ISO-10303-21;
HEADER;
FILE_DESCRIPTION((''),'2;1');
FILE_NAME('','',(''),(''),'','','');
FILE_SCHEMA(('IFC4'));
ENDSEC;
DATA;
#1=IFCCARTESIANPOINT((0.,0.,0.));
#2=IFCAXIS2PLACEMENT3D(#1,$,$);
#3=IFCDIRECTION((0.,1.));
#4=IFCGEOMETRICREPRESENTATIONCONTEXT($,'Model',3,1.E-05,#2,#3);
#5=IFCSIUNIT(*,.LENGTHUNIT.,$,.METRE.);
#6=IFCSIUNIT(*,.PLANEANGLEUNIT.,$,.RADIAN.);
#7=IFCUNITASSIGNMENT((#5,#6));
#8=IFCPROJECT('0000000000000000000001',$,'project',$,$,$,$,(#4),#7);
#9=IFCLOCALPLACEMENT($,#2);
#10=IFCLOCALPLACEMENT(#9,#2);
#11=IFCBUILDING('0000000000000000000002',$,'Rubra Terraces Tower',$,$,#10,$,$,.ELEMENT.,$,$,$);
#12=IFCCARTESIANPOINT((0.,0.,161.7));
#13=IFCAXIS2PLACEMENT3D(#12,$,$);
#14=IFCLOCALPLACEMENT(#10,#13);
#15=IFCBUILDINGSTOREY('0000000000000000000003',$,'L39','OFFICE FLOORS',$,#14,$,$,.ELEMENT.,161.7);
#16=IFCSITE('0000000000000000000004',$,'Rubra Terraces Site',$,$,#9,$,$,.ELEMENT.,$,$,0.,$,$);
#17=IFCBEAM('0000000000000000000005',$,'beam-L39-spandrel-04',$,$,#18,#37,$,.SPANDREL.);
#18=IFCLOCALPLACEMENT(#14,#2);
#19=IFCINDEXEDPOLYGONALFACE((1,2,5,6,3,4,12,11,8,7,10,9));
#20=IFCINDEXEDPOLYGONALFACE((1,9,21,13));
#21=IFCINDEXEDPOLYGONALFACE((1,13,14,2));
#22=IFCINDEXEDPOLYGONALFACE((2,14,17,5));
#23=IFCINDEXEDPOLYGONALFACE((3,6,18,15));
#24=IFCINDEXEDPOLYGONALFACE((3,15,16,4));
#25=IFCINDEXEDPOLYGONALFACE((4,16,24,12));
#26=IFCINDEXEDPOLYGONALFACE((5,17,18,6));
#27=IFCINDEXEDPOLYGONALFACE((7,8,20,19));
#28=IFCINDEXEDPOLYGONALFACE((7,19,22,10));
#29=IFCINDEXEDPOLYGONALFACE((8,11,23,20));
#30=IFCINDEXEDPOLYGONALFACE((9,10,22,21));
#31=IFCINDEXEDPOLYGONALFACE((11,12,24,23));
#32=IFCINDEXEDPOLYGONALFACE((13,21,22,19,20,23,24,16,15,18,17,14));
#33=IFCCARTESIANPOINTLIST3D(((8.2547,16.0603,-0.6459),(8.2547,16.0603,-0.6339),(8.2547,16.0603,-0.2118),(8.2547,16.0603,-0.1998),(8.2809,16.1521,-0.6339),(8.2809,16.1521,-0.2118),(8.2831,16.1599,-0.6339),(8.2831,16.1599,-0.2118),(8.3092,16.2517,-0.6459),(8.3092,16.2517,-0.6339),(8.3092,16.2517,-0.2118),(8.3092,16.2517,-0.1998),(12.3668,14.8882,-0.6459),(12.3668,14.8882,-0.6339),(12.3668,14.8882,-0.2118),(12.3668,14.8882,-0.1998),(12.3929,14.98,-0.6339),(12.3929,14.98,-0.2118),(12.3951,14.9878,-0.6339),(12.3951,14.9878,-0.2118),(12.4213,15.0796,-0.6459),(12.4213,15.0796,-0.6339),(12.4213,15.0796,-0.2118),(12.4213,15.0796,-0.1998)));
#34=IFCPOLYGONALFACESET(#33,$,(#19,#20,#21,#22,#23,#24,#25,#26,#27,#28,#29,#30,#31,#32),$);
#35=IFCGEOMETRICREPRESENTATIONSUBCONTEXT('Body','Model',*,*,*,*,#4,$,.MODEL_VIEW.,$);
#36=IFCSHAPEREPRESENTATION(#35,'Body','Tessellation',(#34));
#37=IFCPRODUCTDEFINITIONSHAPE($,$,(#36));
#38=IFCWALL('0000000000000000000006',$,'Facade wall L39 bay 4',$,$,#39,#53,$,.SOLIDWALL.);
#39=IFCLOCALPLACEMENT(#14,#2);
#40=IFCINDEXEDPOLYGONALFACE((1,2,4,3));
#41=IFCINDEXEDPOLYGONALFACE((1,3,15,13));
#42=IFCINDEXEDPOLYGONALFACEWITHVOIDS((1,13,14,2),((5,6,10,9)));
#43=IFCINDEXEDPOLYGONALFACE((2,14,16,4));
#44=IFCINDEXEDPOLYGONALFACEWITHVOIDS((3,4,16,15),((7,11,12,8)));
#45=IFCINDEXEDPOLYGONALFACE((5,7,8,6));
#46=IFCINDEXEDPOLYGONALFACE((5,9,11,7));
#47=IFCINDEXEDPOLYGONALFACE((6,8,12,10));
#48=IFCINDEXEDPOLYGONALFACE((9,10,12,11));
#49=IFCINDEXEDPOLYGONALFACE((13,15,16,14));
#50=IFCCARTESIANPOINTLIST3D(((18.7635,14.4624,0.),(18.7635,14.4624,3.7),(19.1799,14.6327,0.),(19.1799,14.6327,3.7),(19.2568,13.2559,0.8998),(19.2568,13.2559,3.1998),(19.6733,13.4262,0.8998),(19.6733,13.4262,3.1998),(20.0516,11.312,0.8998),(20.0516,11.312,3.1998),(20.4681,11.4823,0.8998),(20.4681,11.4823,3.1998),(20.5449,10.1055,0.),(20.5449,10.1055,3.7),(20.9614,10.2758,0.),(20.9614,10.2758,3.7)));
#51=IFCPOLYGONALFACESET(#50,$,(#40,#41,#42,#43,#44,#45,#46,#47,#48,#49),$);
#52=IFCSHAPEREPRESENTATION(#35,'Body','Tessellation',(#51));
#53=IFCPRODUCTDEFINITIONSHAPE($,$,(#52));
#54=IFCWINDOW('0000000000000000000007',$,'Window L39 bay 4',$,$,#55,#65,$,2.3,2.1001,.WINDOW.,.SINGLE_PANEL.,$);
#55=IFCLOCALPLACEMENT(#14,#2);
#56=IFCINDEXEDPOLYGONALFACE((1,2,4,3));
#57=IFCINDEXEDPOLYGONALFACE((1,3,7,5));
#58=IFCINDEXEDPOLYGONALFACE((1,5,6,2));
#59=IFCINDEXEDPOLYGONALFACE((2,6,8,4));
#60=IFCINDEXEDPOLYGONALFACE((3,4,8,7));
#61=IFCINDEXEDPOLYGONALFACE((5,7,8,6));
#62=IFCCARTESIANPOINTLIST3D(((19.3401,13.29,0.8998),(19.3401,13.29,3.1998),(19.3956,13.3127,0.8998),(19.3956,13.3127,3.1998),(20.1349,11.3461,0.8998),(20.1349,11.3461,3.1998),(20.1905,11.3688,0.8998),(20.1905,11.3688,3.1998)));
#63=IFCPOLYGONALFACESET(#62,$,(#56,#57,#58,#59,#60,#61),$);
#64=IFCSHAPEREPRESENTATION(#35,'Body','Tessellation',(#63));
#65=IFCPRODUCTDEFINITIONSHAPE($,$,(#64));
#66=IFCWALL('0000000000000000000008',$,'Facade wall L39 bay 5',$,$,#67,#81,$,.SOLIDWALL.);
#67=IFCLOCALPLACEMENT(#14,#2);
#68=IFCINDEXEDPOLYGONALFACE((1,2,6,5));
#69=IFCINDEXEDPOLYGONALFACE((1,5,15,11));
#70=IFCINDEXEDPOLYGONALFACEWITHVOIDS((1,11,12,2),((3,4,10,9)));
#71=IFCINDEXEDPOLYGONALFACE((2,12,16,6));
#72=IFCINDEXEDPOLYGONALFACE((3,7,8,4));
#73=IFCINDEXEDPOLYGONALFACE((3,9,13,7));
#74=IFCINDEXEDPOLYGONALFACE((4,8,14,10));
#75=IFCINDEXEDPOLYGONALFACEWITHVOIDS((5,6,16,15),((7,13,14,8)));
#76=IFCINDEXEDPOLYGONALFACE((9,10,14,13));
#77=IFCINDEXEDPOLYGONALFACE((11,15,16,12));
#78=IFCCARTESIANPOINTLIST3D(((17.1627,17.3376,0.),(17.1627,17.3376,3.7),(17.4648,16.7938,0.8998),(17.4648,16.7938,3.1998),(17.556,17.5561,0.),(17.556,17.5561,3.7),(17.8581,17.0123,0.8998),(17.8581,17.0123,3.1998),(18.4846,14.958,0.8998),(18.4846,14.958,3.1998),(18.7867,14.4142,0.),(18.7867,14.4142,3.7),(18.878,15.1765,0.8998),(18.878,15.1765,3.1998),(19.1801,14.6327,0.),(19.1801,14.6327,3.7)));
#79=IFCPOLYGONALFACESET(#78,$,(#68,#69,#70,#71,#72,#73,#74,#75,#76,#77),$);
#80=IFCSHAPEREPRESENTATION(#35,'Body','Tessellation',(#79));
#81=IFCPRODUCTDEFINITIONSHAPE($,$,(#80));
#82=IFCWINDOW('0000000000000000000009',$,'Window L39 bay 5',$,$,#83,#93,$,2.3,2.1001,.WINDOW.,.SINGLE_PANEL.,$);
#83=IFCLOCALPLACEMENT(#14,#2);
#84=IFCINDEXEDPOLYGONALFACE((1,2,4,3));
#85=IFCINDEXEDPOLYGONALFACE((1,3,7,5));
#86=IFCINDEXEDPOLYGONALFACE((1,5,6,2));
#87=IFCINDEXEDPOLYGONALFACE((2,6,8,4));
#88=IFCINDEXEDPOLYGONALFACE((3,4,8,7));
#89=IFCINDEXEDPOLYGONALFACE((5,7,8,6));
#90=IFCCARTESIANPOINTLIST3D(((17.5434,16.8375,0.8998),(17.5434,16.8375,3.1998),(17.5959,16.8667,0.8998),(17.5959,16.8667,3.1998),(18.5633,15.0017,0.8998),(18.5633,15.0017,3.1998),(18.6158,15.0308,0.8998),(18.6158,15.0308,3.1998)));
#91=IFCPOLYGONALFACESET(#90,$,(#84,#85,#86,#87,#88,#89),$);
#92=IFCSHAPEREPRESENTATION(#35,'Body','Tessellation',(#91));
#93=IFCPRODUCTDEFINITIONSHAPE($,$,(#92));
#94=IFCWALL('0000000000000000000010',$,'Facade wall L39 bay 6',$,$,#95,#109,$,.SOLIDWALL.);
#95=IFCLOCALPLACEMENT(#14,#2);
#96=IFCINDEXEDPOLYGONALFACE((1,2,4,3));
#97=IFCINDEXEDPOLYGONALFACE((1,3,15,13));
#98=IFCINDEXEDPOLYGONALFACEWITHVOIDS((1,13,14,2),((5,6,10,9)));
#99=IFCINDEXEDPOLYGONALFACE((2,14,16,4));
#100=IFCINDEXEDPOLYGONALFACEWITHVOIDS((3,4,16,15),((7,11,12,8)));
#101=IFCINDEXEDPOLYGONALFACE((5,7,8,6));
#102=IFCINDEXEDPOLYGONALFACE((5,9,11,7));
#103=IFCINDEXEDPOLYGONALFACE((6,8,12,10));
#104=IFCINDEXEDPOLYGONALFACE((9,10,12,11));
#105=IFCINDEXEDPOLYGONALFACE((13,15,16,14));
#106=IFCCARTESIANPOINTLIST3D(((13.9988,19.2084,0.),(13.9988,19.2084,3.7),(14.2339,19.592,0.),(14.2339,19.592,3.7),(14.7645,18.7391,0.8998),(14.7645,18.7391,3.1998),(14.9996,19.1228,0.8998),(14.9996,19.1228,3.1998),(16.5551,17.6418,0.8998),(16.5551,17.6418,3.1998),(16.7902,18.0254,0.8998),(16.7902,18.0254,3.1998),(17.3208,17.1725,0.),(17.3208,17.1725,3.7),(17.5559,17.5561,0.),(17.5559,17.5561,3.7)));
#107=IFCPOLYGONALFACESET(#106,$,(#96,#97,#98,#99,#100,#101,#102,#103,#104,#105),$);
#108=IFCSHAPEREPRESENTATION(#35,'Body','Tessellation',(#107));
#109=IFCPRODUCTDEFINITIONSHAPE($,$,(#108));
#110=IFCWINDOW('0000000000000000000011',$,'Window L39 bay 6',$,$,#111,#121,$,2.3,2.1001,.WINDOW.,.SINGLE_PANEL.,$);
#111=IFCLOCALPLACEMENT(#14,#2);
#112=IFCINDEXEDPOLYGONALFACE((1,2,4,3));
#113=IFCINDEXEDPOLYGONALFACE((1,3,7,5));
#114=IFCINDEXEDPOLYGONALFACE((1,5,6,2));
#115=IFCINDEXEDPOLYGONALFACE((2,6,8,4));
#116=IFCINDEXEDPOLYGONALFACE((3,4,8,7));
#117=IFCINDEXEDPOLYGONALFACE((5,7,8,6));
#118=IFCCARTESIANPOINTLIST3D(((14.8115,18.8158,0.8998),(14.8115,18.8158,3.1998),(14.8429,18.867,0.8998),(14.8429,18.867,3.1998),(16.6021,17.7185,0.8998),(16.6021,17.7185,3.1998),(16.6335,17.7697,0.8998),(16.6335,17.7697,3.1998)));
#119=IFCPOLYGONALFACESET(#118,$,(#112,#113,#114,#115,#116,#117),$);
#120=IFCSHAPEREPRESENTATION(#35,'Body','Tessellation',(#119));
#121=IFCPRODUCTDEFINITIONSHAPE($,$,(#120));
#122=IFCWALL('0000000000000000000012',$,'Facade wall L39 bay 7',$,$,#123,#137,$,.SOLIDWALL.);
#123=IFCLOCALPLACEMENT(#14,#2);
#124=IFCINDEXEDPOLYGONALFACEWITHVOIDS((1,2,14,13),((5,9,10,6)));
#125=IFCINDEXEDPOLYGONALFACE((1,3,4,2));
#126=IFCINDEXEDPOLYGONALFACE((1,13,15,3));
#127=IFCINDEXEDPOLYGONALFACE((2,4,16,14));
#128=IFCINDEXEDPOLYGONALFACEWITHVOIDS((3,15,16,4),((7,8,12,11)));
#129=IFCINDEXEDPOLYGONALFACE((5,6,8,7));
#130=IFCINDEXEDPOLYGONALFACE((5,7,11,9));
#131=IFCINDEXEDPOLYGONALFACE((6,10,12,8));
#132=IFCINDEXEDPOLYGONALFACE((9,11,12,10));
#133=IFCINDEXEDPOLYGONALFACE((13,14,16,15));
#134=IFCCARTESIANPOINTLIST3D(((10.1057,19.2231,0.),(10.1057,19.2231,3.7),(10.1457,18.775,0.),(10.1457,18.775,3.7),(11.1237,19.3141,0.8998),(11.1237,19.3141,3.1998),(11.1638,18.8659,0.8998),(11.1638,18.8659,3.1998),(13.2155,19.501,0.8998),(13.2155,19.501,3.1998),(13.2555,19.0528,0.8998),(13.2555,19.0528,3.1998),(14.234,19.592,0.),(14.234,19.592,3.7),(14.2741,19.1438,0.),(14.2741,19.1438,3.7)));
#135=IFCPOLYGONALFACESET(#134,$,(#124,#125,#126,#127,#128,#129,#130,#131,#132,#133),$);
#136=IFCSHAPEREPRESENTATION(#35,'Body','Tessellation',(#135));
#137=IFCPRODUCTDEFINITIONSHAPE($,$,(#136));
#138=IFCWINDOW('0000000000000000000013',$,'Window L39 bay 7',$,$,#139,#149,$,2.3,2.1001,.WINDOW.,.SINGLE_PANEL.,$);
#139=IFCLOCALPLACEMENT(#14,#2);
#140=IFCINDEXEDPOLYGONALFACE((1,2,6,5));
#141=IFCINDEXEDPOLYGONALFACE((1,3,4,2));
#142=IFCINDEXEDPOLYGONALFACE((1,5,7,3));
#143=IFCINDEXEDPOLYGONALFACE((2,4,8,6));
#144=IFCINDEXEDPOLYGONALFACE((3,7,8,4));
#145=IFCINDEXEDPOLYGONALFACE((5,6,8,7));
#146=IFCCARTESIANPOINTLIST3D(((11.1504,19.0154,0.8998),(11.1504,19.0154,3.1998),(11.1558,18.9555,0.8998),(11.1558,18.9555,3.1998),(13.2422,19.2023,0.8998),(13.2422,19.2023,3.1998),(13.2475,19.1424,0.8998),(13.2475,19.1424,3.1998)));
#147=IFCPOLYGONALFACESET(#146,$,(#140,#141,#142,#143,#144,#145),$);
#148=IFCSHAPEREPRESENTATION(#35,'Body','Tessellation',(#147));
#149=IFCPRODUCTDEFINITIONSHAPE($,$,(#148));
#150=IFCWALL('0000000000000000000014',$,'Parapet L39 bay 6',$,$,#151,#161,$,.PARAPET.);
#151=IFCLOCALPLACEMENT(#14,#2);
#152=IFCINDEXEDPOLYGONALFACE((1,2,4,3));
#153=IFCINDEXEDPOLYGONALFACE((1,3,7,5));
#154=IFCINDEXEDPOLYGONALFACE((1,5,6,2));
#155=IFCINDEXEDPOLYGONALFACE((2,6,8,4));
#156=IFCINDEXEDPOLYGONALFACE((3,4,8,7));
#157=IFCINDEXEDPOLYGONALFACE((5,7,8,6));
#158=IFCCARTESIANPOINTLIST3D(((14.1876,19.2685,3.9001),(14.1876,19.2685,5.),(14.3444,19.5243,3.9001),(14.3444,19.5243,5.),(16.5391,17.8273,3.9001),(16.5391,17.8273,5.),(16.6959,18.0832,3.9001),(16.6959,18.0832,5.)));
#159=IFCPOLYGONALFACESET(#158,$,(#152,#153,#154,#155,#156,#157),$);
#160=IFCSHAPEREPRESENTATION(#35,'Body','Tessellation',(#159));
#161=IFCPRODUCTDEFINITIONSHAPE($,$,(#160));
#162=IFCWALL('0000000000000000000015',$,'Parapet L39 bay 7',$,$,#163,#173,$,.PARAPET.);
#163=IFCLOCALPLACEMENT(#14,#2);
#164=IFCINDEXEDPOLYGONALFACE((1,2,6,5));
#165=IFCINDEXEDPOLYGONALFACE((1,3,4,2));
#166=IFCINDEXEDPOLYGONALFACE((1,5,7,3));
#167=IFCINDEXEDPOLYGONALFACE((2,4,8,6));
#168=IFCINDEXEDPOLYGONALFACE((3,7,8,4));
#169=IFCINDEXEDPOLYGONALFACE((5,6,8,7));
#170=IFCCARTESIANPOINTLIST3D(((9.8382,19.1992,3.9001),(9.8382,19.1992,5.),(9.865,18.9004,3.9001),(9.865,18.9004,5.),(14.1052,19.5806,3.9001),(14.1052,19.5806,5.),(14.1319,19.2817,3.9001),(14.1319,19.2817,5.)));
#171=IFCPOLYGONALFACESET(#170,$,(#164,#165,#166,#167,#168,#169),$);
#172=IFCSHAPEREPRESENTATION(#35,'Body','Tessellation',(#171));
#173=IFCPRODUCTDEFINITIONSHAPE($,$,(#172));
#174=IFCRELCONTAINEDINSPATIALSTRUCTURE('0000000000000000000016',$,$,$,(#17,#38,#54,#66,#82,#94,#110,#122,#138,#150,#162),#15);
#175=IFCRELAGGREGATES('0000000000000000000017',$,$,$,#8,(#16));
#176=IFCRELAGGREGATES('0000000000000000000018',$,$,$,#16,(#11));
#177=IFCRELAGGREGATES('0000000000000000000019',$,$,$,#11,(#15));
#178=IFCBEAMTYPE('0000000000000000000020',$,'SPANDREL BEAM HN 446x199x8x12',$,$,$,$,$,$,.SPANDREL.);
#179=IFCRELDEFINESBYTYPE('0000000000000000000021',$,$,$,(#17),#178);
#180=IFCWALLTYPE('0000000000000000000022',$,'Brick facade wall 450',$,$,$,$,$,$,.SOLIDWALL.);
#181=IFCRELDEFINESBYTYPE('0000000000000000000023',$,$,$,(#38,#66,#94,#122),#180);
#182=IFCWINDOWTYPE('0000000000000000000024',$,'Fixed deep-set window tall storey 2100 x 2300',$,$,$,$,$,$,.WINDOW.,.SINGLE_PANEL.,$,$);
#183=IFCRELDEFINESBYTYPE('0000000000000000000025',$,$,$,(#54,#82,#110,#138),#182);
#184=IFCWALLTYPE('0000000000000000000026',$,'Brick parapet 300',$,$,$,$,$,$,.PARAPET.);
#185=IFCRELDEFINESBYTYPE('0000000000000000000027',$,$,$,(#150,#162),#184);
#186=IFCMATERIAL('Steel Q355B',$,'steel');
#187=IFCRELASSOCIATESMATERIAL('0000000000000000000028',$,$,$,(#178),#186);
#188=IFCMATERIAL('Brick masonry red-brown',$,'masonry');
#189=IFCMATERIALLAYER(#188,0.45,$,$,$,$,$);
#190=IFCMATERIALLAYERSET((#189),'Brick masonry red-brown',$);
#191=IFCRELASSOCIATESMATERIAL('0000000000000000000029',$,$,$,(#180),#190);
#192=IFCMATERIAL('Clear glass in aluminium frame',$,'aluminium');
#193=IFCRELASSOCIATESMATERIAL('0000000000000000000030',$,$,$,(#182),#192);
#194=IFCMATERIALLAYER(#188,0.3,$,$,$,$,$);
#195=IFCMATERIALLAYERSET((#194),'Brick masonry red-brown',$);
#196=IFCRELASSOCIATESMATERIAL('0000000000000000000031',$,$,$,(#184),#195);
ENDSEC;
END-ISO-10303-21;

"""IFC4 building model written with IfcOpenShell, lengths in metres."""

from ifc_helpers import new_model, si_unit, direction, frame, frame_2d, origin, origin_2d, place, context, subcontext, project, spatial, rectangle, i_section, extrude, material, layer, layer_set, material_profile, profile_set, type_object, element, fill, save


model = new_model("IFC4")

# Units and contexts
model_context = context("Model", 3, precision=1e-05, world=origin(), true_north=direction((0.0, 1.0)))
body_context = subcontext(model_context, "Body", "Model", "MODEL_VIEW")
ifc_project = project(units=[si_unit("LENGTHUNIT", "METRE"), si_unit("PLANEANGLEUNIT", "RADIAN")], contexts=[model_context])

# Site, building, storey
site_placement = place(None, origin())
site = spatial("IfcSite", under=ifc_project, at=site_placement, Name="Rubra Terraces Site", CompositionType="ELEMENT", RefElevation=0.0)
building_placement = place(site_placement, origin())
building = spatial("IfcBuilding", under=site, at=building_placement, Name="Rubra Terraces Tower", CompositionType="ELEMENT")
storey_placement = place(building_placement, frame((0.0, 0.0, 161.7)))
storey = spatial("IfcBuildingStorey", under=building, at=storey_placement, Name="L39", Description="OFFICE FLOORS", CompositionType="ELEMENT", Elevation=161.7)

# Beam
ifc_material_1 = material(Name="Steel Q355B", Category="steel")
ifc_material_profile_1 = material_profile(ifc_material_1, i_section(OverallWidth=0.199, OverallDepth=0.446, WebThickness=0.0081, FlangeThickness=0.012, at=origin_2d()), Name="HN 446x199x8x12")
ifc_profile_set_1 = profile_set([ifc_material_profile_1], Name="Steel Q355B")
beam_type_1 = type_object("IfcBeamType", Name="SPANDREL BEAM HN 446x199x8x12", PredefinedType="SPANDREL", material=ifc_profile_set_1)
beam_1_placement = place(storey_placement, frame((12.394, 14.9839, -0.4229), z_axis=(-0.961694, 0.274125, 0.0), x_axis=(-0.274125, -0.961694, 0.0)))
element("IfcBeam", 1, at=beam_1_placement, inside=storey, type_object=beam_type_1, Name="beam-L39-spandrel-04", PredefinedType="SPANDREL", context=body_context, shape_type="SweptSolid", body=[
    extrude(i_section(OverallWidth=0.199, OverallDepth=0.446, WebThickness=0.0081, FlangeThickness=0.012, at=origin_2d()), origin(), (0.0, 0.0, 1.0), 4.2759),
])

# Walls, openings, windows
ifc_material_2 = material(Name="Brick masonry red-brown", Category="masonry")
ifc_layer_1 = layer(ifc_material_2, 0.45)
ifc_layer_set_1 = layer_set([ifc_layer_1], Name="Brick masonry red-brown")
wall_type_1 = type_object("IfcWallType", Name="Brick facade wall 450", PredefinedType="SOLIDWALL", material=ifc_layer_set_1)
wall_1_placement = place(storey_placement, frame((20.7532, 10.1907, 0.0), z_axis=(0.0, 0.0, 1.0), x_axis=(-0.378471, 0.925613, 0.0)))
wall_1 = element("IfcWall", 2, at=wall_1_placement, inside=storey, type_object=wall_type_1, Name="Facade wall L39 bay 4", PredefinedType="SOLIDWALL", context=body_context, shape_type="SweptSolid", body=[
    extrude(rectangle(XDim=4.707, YDim=0.45, at=frame_2d((2.3535, 0.0))), origin(), (0.0, 0.0, 1.0), 3.7),
])
opening_1_placement = place(wall_1_placement, frame((1.3035, 0.0, 0.8999)))
opening_1 = element("IfcOpeningElement", 3, at=opening_1_placement, cuts=wall_1, PredefinedType="OPENING", context=body_context, shape_type="SweptSolid", body=[
    extrude(rectangle(XDim=2.1001, YDim=2.3, at=frame_2d((1.05, 1.1499))), frame((0.0, 0.2349, 0.0), z_axis=(0.0, -1.0, 0.0), x_axis=(1.0, 0.0, 0.0)), (0.0, 0.0, 1.0), 0.47),
])
ifc_material_3 = material(Name="Clear glass in aluminium frame", Category="aluminium")
window_type = type_object("IfcWindowType", Name="Fixed deep-set window tall storey 2100 x 2300", PartitioningType="SINGLE_PANEL", PredefinedType="WINDOW", material=ifc_material_3)
window_1_placement = place(opening_1_placement, origin())
window_1 = element("IfcWindow", 4, at=window_1_placement, inside=storey, type_object=window_type, Name="Window L39 bay 4", OverallHeight=2.3, OverallWidth=2.1001, PartitioningType="SINGLE_PANEL", PredefinedType="WINDOW", context=body_context, shape_type="SweptSolid", body=[
    extrude(rectangle(XDim=2.1001, YDim=2.3, at=frame_2d((1.05, 1.1499))), frame((0.0, 0.135, 0.0), z_axis=(0.0, -1.0, 0.0), x_axis=(1.0, 0.0, 0.0)), (0.0, 0.0, 1.0), 0.0601),
])
fill(opening_1, window_1)
wall_2_placement = place(storey_placement, frame((18.9834, 14.5234, 0.0), z_axis=(0.0, 0.0, 1.0), x_axis=(-0.485631, 0.874164, 0.0)))
wall_2 = element("IfcWall", 5, at=wall_2_placement, inside=storey, type_object=wall_type_1, Name="Facade wall L39 bay 5", PredefinedType="SOLIDWALL", context=body_context, shape_type="SweptSolid", body=[
    extrude(rectangle(XDim=3.3442, YDim=0.45, at=frame_2d((1.6721, 0.0))), origin(), (0.0, 0.0, 1.0), 3.7),
])
opening_2_placement = place(wall_2_placement, frame((0.6221, 0.0, 0.8999)))
opening_2 = element("IfcOpeningElement", 6, at=opening_2_placement, cuts=wall_2, PredefinedType="OPENING", context=body_context, shape_type="SweptSolid", body=[
    extrude(rectangle(XDim=2.1001, YDim=2.3, at=frame_2d((1.05, 1.1499))), frame((0.0, 0.2349, 0.0), z_axis=(0.0, -1.0, 0.0), x_axis=(1.0, 0.0, 0.0)), (0.0, 0.0, 1.0), 0.47),
])
window_2_placement = place(opening_2_placement, origin())
window_2 = element("IfcWindow", 7, at=window_2_placement, inside=storey, type_object=window_type, Name="Window L39 bay 5", OverallHeight=2.3, OverallWidth=2.1001, PartitioningType="SINGLE_PANEL", PredefinedType="WINDOW", context=body_context, shape_type="SweptSolid", body=[
    extrude(rectangle(XDim=2.1001, YDim=2.3, at=frame_2d((1.05, 1.1499))), frame((0.0, 0.135, 0.0), z_axis=(0.0, -1.0, 0.0), x_axis=(1.0, 0.0, 0.0)), (0.0, 0.0, 1.0), 0.0601),
])
fill(opening_2, window_2)
wall_3_placement = place(storey_placement, frame((17.4385, 17.3643, 0.0), z_axis=(0.0, 0.0, 1.0), x_axis=(-0.852623, 0.522527, 0.0)))
wall_3 = element("IfcWall", 8, at=wall_3_placement, inside=storey, type_object=wall_type_1, Name="Facade wall L39 bay 6", PredefinedType="SOLIDWALL", context=body_context, shape_type="SweptSolid", body=[
    extrude(rectangle(XDim=3.8962, YDim=0.45, at=frame_2d((1.9482, 0.0))), origin(), (0.0, 0.0, 1.0), 3.7),
])
opening_3_placement = place(wall_3_placement, frame((0.8982, 0.0, 0.8999)))
opening_3 = element("IfcOpeningElement", 9, at=opening_3_placement, cuts=wall_3, PredefinedType="OPENING", context=body_context, shape_type="SweptSolid", body=[
    extrude(rectangle(XDim=2.1001, YDim=2.3, at=frame_2d((1.05, 1.1499))), frame((0.0, 0.2349, 0.0), z_axis=(0.0, -1.0, 0.0), x_axis=(1.0, 0.0, 0.0)), (0.0, 0.0, 1.0), 0.47),
])
window_3_placement = place(opening_3_placement, origin())
window_3 = element("IfcWindow", 10, at=window_3_placement, inside=storey, type_object=window_type, Name="Window L39 bay 6", OverallHeight=2.3, OverallWidth=2.1001, PartitioningType="SINGLE_PANEL", PredefinedType="WINDOW", context=body_context, shape_type="SweptSolid", body=[
    extrude(rectangle(XDim=2.1001, YDim=2.3, at=frame_2d((1.05, 1.1499))), frame((0.0, 0.135, 0.0), z_axis=(0.0, -1.0, 0.0), x_axis=(1.0, 0.0, 0.0)), (0.0, 0.0, 1.0), 0.0601),
])
fill(opening_3, window_3)
wall_4_placement = place(storey_placement, frame((14.2539, 19.3679, 0.0), z_axis=(0.0, 0.0, 1.0), x_axis=(-0.996032, -0.089001, 0.0)))
wall_4 = element("IfcWall", 11, at=wall_4_placement, inside=storey, type_object=wall_type_1, Name="Facade wall L39 bay 7", PredefinedType="SOLIDWALL", context=body_context, shape_type="SweptSolid", body=[
    extrude(rectangle(XDim=4.1448, YDim=0.45, at=frame_2d((2.0723, 0.0))), origin(), (0.0, 0.0, 1.0), 3.7),
])
opening_4_placement = place(wall_4_placement, frame((1.0225, 0.0, 0.8999)))
opening_4 = element("IfcOpeningElement", 12, at=opening_4_placement, cuts=wall_4, PredefinedType="OPENING", context=body_context, shape_type="SweptSolid", body=[
    extrude(rectangle(XDim=2.1001, YDim=2.3, at=frame_2d((1.05, 1.1499))), frame((0.0, 0.2349, 0.0), z_axis=(0.0, -1.0, 0.0), x_axis=(1.0, 0.0, 0.0)), (0.0, 0.0, 1.0), 0.47),
])
window_4_placement = place(opening_4_placement, origin())
window_4 = element("IfcWindow", 13, at=window_4_placement, inside=storey, type_object=window_type, Name="Window L39 bay 7", OverallHeight=2.3, OverallWidth=2.1001, PartitioningType="SINGLE_PANEL", PredefinedType="WINDOW", context=body_context, shape_type="SweptSolid", body=[
    extrude(rectangle(XDim=2.1001, YDim=2.3, at=frame_2d((1.05, 1.1499))), frame((0.0, 0.135, 0.0), z_axis=(0.0, -1.0, 0.0), x_axis=(1.0, 0.0, 0.0)), (0.0, 0.0, 1.0), 0.0601),
])
fill(opening_4, window_4)

# Walls
ifc_layer_2 = layer(ifc_material_2, 0.3)
ifc_layer_set_2 = layer_set([ifc_layer_2], Name="Brick masonry red-brown")
wall_type_2 = type_object("IfcWallType", Name="Brick parapet 300", PredefinedType="PARAPET", material=ifc_layer_set_2)
wall_5_placement = place(storey_placement, frame((16.6174, 17.9553, 3.9001), z_axis=(0.0, 0.0, 1.0), x_axis=(-0.85262, 0.522531, 0.0)))
element("IfcWall", 14, at=wall_5_placement, inside=storey, type_object=wall_type_2, Name="Parapet L39 bay 6", PredefinedType="PARAPET", context=body_context, shape_type="SweptSolid", body=[
    extrude(rectangle(XDim=2.7581, YDim=0.3, at=frame_2d((1.3789, 0.0))), origin(), (0.0, 0.0, 1.0), 1.0999),
])
wall_6_placement = place(storey_placement, frame((14.1187, 19.4312, 3.9001), z_axis=(0.0, 0.0, 1.0), x_axis=(-0.99603, -0.08902, 0.0)))
element("IfcWall", 15, at=wall_6_placement, inside=storey, type_object=wall_type_2, Name="Parapet L39 bay 7", PredefinedType="PARAPET", context=body_context, shape_type="SweptSolid", body=[
    extrude(rectangle(XDim=4.2839, YDim=0.3, at=frame_2d((2.1421, 0.0))), origin(), (0.0, 0.0, 1.0), 1.0999),
])

save(model, "model.ifc")
